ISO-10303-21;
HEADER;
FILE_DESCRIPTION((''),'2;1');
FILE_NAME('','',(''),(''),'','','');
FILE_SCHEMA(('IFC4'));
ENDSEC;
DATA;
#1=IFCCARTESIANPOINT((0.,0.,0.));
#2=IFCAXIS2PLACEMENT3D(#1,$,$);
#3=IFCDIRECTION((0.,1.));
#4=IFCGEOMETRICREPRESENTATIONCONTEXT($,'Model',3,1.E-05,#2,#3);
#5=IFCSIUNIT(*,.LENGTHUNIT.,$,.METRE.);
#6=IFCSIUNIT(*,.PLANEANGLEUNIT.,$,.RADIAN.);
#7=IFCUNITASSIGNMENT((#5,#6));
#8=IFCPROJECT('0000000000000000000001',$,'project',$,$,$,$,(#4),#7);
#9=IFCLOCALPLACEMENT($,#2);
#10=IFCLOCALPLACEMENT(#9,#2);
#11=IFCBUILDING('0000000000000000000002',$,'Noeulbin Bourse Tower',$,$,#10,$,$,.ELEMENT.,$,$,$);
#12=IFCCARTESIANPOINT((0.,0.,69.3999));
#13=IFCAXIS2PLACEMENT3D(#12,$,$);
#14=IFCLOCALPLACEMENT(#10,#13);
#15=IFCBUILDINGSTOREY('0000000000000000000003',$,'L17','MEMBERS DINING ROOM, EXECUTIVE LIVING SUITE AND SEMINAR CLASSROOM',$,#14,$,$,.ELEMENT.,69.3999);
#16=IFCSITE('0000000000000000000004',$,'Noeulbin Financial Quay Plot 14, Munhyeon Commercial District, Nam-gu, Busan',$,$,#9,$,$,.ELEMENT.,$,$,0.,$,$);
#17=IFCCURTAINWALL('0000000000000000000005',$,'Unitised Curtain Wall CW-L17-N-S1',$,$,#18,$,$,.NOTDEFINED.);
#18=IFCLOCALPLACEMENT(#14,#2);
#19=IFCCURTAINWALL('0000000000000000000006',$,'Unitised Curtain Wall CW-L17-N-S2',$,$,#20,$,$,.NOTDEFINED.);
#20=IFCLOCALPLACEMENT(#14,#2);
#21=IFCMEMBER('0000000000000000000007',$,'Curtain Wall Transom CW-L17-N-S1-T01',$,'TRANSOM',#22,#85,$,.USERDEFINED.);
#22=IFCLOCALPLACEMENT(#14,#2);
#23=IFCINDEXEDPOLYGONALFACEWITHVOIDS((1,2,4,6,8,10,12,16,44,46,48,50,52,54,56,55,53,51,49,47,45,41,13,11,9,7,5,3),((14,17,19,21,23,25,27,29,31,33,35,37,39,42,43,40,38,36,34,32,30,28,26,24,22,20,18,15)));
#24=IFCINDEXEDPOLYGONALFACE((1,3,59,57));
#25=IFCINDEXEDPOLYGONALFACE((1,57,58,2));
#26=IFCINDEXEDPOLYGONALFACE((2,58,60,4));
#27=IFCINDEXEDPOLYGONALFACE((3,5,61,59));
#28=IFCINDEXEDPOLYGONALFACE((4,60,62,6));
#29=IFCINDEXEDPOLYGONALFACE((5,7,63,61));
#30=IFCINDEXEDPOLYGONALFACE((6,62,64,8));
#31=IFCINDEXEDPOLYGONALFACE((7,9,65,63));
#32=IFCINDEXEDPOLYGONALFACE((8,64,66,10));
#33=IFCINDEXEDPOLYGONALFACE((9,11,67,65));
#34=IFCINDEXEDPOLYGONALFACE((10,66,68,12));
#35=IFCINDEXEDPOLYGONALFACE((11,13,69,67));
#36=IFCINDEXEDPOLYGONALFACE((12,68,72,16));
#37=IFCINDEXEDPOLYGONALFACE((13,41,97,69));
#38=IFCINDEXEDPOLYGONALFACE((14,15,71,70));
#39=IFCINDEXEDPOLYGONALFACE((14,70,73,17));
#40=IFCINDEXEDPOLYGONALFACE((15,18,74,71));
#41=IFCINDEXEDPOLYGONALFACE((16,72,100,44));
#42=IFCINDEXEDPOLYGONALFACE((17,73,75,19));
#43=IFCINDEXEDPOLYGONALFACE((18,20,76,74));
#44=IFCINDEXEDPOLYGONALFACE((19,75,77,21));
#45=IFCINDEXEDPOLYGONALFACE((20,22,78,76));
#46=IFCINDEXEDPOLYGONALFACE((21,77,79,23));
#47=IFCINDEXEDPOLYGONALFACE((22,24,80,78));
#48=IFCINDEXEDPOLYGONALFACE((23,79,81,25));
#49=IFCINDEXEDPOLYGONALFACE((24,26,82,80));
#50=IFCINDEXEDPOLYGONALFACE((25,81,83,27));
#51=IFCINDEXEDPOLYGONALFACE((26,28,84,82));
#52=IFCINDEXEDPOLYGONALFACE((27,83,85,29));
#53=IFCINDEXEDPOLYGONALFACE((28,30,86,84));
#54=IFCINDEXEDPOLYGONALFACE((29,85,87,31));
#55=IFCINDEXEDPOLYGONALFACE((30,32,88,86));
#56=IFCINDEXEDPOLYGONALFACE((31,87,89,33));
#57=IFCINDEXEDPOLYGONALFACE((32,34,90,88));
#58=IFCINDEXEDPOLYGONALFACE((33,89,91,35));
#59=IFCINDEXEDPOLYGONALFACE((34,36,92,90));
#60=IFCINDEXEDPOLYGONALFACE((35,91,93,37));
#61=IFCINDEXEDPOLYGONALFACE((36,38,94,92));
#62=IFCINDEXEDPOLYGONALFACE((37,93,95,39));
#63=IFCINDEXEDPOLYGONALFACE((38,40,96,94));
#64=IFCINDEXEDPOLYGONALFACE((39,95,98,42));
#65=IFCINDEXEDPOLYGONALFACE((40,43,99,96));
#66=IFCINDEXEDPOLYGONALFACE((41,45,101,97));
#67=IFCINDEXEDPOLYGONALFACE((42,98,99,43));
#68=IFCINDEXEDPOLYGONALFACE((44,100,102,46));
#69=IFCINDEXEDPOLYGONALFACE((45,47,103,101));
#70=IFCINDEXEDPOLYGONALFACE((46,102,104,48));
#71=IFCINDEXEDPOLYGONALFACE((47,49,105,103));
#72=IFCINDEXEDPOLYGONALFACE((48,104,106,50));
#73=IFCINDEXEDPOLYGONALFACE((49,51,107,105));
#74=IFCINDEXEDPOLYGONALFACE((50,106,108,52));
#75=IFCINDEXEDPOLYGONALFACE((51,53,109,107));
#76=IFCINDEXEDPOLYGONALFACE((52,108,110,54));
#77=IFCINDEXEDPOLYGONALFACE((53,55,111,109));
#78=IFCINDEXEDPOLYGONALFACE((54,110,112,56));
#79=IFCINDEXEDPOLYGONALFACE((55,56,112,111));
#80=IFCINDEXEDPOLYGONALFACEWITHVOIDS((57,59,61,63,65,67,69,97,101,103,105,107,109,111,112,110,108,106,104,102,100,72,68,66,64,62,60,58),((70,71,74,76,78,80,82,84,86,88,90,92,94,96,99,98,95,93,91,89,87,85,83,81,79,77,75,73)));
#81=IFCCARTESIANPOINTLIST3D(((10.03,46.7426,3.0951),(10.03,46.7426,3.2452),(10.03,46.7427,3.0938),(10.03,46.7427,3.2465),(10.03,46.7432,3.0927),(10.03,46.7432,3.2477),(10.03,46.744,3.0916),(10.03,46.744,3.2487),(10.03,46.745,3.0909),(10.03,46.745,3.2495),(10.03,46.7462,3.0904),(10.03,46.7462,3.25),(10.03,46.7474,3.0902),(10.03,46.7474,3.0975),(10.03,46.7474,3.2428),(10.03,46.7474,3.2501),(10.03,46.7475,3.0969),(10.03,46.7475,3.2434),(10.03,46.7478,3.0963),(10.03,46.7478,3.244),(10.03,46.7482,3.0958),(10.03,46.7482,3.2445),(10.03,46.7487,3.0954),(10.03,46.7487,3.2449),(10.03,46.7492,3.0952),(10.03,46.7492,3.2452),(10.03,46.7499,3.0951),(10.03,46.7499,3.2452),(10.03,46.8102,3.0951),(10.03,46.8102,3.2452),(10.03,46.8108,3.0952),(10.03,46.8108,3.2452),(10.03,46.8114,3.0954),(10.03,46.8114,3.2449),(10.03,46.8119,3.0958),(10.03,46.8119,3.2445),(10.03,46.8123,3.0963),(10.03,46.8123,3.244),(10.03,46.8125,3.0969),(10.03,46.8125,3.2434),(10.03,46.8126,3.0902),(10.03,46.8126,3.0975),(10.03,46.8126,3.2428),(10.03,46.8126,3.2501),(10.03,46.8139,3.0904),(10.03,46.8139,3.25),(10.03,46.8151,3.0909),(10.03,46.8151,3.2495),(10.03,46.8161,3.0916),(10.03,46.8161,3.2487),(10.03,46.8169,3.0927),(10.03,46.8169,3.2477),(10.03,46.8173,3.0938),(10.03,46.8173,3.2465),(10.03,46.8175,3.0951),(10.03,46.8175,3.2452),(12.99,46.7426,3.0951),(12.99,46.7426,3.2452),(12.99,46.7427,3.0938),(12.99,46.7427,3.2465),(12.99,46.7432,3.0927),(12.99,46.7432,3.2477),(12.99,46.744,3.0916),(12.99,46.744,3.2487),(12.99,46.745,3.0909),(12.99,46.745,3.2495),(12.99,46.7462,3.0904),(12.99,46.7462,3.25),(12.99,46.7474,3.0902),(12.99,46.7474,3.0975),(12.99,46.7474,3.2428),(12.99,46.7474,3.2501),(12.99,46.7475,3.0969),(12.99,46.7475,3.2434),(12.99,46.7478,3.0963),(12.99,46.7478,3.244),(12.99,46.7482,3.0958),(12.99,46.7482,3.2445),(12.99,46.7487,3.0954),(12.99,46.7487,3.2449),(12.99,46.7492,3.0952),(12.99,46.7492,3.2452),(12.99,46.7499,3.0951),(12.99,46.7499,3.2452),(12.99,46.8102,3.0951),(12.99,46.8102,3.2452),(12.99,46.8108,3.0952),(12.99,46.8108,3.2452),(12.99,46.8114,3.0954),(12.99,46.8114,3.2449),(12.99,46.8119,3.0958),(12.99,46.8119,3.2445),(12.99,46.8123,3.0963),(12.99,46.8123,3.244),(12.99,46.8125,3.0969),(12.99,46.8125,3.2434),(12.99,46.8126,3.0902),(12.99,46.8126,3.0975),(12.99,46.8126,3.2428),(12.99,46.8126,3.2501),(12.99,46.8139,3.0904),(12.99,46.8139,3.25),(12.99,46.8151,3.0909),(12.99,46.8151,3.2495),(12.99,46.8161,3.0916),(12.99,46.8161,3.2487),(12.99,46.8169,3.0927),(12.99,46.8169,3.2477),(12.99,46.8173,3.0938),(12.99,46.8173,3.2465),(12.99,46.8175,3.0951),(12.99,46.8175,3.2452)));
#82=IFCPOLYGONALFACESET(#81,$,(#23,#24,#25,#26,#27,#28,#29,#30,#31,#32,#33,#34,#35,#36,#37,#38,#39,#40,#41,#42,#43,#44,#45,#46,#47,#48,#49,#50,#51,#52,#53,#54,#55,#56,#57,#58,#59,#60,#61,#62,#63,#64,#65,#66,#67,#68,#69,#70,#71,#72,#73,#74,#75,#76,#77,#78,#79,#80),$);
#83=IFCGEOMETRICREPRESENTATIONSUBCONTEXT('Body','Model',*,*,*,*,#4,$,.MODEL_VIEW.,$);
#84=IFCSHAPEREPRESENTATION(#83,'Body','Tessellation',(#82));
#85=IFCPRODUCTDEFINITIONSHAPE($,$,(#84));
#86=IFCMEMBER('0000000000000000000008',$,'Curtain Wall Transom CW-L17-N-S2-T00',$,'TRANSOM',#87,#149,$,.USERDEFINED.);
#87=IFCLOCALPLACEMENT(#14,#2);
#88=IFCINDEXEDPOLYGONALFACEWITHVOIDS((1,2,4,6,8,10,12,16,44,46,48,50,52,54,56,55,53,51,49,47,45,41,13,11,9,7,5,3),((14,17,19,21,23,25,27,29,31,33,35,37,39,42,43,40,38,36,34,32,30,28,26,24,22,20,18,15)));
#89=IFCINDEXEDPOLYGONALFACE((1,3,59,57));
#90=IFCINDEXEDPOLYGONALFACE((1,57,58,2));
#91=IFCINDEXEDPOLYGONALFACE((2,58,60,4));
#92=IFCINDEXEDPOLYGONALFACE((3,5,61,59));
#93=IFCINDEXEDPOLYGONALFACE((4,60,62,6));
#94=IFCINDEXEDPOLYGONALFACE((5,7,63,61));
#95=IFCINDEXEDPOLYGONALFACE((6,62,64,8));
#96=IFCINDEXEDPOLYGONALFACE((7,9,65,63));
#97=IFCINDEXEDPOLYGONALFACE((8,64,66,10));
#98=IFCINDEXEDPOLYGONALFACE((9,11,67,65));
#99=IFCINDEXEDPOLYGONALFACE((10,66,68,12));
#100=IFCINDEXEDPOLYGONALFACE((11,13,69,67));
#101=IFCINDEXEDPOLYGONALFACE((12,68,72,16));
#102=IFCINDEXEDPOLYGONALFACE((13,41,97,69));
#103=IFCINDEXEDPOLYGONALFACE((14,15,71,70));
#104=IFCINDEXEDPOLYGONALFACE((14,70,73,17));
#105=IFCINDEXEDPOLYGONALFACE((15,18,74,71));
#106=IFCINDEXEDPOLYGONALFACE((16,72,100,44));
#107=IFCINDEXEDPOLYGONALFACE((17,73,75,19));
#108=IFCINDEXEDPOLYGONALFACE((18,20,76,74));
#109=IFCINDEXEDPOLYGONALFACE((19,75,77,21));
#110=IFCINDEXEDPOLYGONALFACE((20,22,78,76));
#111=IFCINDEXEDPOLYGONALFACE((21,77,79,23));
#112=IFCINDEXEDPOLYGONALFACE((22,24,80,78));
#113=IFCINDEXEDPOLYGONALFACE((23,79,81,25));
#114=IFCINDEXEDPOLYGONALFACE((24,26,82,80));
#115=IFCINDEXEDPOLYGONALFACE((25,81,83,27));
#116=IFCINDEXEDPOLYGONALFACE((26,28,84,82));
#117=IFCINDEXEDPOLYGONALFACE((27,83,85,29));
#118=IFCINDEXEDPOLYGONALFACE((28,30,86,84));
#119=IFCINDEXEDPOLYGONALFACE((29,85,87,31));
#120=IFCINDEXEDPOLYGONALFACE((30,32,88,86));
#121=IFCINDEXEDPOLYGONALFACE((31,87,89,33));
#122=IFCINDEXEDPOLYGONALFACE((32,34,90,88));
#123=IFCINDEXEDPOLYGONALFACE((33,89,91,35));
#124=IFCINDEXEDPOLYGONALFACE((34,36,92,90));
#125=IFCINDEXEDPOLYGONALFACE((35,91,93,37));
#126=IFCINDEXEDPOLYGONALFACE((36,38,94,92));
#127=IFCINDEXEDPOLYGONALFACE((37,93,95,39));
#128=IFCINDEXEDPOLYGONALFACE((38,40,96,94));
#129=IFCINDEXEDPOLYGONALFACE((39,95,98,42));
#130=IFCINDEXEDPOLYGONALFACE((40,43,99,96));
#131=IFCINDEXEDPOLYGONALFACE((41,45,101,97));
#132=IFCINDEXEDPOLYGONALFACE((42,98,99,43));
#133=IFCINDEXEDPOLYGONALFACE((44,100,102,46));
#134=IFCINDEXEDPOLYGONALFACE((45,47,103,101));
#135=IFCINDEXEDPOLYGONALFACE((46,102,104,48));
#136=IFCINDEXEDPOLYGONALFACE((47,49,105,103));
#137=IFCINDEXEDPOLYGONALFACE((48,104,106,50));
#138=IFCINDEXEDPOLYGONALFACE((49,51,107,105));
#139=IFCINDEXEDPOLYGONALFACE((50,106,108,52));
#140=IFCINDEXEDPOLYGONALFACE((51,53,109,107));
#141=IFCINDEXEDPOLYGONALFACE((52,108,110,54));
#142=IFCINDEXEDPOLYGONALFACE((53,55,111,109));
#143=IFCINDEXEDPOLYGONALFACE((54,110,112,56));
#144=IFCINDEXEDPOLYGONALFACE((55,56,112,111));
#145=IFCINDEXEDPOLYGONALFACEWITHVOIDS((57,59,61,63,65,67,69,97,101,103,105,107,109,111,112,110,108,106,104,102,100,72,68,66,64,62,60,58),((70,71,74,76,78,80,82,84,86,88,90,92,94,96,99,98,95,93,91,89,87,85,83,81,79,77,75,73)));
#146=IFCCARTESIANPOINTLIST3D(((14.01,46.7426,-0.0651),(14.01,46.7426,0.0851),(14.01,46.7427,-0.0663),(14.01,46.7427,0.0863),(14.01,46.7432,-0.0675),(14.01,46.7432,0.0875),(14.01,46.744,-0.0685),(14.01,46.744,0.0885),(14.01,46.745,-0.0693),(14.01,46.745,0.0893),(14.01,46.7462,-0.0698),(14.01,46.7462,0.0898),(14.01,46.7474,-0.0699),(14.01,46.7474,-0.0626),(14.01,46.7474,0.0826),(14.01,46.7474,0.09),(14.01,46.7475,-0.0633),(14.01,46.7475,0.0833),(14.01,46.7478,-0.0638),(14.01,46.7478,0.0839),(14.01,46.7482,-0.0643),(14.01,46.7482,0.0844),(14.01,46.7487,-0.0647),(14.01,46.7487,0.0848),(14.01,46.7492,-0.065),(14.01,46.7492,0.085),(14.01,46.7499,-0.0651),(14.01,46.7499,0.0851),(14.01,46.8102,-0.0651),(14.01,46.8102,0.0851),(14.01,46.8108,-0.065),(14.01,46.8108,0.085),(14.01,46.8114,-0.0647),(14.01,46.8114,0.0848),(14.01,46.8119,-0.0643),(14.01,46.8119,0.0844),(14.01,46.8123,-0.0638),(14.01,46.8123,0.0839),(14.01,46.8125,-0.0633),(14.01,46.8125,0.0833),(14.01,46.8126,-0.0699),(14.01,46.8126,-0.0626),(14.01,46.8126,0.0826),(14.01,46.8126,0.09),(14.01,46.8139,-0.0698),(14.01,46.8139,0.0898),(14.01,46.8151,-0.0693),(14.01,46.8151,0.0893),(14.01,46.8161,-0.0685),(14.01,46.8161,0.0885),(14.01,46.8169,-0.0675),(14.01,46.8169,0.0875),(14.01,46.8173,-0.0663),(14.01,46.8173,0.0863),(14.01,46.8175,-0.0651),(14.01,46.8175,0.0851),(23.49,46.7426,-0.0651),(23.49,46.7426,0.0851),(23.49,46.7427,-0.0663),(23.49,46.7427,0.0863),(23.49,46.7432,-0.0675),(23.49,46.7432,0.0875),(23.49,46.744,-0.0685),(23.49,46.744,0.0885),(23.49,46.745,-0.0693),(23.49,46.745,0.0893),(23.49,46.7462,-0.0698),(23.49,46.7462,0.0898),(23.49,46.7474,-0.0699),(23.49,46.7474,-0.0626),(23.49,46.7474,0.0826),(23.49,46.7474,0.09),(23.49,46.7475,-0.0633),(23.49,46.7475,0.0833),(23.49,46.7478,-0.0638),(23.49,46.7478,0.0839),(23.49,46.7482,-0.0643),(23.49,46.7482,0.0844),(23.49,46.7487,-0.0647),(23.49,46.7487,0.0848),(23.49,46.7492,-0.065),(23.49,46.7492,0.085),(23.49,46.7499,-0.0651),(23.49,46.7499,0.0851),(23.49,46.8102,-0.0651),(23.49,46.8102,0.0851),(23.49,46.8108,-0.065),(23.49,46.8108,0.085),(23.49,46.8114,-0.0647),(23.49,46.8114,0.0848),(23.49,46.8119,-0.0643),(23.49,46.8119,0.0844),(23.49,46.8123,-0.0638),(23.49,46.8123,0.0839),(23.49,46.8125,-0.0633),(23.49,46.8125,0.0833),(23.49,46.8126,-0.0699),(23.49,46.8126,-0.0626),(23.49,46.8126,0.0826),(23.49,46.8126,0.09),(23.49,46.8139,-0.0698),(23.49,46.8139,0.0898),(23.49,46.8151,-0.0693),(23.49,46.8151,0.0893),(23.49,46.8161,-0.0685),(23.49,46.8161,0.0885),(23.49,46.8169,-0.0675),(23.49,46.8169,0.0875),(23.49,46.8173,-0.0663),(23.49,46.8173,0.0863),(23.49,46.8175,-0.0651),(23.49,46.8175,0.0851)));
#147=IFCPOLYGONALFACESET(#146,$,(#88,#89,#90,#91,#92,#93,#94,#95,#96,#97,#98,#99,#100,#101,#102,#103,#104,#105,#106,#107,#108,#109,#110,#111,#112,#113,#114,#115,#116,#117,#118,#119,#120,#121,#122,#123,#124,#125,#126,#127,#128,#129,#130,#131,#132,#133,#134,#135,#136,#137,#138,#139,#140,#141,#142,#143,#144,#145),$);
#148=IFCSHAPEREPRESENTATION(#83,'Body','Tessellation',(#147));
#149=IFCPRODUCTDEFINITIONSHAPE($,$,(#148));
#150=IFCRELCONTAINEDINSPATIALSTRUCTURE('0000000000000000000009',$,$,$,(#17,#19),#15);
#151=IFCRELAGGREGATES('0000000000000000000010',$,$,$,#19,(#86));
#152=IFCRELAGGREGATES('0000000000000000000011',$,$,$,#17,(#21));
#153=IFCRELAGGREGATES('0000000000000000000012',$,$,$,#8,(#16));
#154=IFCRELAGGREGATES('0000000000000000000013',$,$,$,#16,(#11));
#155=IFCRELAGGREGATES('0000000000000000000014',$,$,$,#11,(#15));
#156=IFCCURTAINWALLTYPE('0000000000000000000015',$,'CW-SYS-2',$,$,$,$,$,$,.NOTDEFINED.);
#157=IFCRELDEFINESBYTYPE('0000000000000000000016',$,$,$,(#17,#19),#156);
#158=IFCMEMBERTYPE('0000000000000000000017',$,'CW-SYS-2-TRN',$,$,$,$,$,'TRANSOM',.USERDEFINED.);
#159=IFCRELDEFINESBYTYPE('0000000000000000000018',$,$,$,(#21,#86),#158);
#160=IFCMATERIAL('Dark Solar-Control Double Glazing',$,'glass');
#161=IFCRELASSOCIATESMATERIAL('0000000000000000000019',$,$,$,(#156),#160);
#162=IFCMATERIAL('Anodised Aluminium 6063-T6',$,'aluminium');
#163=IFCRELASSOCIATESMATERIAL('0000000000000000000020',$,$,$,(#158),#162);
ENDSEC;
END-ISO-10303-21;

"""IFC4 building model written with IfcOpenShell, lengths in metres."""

from ifc_helpers import new_model, si_unit, direction, frame, origin, origin_2d, place, context, subcontext, project, spatial, hollow_rectangle, extrude, material, material_profile, profile_set, type_object, element, aggregate, save


model = new_model("IFC4")

# Units and contexts
model_context = context("Model", 3, precision=1e-05, world=origin(), true_north=direction((0.0, 1.0)))
body_context = subcontext(model_context, "Body", "Model", "MODEL_VIEW")
ifc_project = project(units=[si_unit("LENGTHUNIT", "METRE"), si_unit("PLANEANGLEUNIT", "RADIAN")], contexts=[model_context])

# Site, building, storey
site_placement = place(None, origin())
site = spatial("IfcSite", under=ifc_project, at=site_placement, Name="Noeulbin Financial Quay Plot 14, Munhyeon Commercial District, Nam-gu, Busan", CompositionType="ELEMENT", RefElevation=0.0)
building_placement = place(site_placement, origin())
building = spatial("IfcBuilding", under=site, at=building_placement, Name="Noeulbin Bourse Tower", CompositionType="ELEMENT")
storey_placement = place(building_placement, frame((0.0, 0.0, 69.3999)))
storey = spatial("IfcBuildingStorey", under=building, at=storey_placement, Name="L17", Description="MEMBERS DINING ROOM, EXECUTIVE LIVING SUITE AND SEMINAR CLASSROOM", CompositionType="ELEMENT", Elevation=69.3999)

# Curtain wall
ifc_material_1 = material(Name="Dark Solar-Control Double Glazing", Category="glass")
curtain_wall_type = type_object("IfcCurtainWallType", Name="CW-SYS-2", PredefinedType="NOTDEFINED", material=ifc_material_1)
curtain_wall_1_placement = place(storey_placement, origin())
curtain_wall_1 = element("IfcCurtainWall", 1, at=curtain_wall_1_placement, inside=storey, type_object=curtain_wall_type, Name="Unitised Curtain Wall CW-L17-N-S1", PredefinedType="NOTDEFINED")
ifc_material_2 = material(Name="Anodised Aluminium 6063-T6", Category="aluminium")

# Curtain wall
curtain_wall_2_placement = place(storey_placement, origin())
curtain_wall_2 = element("IfcCurtainWall", 2, at=curtain_wall_2_placement, inside=storey, type_object=curtain_wall_type, Name="Unitised Curtain Wall CW-L17-N-S2", PredefinedType="NOTDEFINED")

# Members
ifc_material_profile_1 = material_profile(ifc_material_2, hollow_rectangle(XDim=0.075, YDim=0.1599, WallThickness=0.0049, InnerFilletRadius=0.0024, OuterFilletRadius=0.0049, at=origin_2d()), Name="ALU-TRAN-75x160x5", Category="LoadBearing")
ifc_profile_set_1 = profile_set([ifc_material_profile_1], Name="Anodised Aluminium 6063-T6")
member_type_1 = type_object("IfcMemberType", Name="CW-SYS-2-TRN", ElementType="TRANSOM", PredefinedType="USERDEFINED", material=ifc_profile_set_1)
member_1_placement = place(storey_placement, frame((10.03, 46.78, 3.1702), z_axis=(1.0, 0.0, 0.0), x_axis=(0.0, 1.0, 0.0)))
member_1 = element("IfcMember", 3, at=member_1_placement, type_object=member_type_1, Name="Curtain Wall Transom CW-L17-N-S1-T01", ObjectType="TRANSOM", PredefinedType="USERDEFINED", context=body_context, shape_type="SweptSolid", body=[
    extrude(hollow_rectangle(XDim=0.075, YDim=0.1599, WallThickness=0.0049, InnerFilletRadius=0.0024, OuterFilletRadius=0.0049, at=origin_2d()), origin(), (0.0, 0.0, 1.0), 2.96),
])
member_2_placement = place(storey_placement, frame((14.01, 46.78, 0.01), z_axis=(1.0, 0.0, 0.0), x_axis=(0.0, 1.0, 0.0)))
member_2 = element("IfcMember", 4, at=member_2_placement, type_object=member_type_1, Name="Curtain Wall Transom CW-L17-N-S2-T00", ObjectType="TRANSOM", PredefinedType="USERDEFINED", context=body_context, shape_type="SweptSolid", body=[
    extrude(hollow_rectangle(XDim=0.075, YDim=0.1599, WallThickness=0.0049, InnerFilletRadius=0.0024, OuterFilletRadius=0.0049, at=origin_2d()), origin(), (0.0, 0.0, 1.0), 9.48),
])
aggregate(curtain_wall_2, [member_2])

aggregate(curtain_wall_1, [member_1])

save(model, "model.ifc")
